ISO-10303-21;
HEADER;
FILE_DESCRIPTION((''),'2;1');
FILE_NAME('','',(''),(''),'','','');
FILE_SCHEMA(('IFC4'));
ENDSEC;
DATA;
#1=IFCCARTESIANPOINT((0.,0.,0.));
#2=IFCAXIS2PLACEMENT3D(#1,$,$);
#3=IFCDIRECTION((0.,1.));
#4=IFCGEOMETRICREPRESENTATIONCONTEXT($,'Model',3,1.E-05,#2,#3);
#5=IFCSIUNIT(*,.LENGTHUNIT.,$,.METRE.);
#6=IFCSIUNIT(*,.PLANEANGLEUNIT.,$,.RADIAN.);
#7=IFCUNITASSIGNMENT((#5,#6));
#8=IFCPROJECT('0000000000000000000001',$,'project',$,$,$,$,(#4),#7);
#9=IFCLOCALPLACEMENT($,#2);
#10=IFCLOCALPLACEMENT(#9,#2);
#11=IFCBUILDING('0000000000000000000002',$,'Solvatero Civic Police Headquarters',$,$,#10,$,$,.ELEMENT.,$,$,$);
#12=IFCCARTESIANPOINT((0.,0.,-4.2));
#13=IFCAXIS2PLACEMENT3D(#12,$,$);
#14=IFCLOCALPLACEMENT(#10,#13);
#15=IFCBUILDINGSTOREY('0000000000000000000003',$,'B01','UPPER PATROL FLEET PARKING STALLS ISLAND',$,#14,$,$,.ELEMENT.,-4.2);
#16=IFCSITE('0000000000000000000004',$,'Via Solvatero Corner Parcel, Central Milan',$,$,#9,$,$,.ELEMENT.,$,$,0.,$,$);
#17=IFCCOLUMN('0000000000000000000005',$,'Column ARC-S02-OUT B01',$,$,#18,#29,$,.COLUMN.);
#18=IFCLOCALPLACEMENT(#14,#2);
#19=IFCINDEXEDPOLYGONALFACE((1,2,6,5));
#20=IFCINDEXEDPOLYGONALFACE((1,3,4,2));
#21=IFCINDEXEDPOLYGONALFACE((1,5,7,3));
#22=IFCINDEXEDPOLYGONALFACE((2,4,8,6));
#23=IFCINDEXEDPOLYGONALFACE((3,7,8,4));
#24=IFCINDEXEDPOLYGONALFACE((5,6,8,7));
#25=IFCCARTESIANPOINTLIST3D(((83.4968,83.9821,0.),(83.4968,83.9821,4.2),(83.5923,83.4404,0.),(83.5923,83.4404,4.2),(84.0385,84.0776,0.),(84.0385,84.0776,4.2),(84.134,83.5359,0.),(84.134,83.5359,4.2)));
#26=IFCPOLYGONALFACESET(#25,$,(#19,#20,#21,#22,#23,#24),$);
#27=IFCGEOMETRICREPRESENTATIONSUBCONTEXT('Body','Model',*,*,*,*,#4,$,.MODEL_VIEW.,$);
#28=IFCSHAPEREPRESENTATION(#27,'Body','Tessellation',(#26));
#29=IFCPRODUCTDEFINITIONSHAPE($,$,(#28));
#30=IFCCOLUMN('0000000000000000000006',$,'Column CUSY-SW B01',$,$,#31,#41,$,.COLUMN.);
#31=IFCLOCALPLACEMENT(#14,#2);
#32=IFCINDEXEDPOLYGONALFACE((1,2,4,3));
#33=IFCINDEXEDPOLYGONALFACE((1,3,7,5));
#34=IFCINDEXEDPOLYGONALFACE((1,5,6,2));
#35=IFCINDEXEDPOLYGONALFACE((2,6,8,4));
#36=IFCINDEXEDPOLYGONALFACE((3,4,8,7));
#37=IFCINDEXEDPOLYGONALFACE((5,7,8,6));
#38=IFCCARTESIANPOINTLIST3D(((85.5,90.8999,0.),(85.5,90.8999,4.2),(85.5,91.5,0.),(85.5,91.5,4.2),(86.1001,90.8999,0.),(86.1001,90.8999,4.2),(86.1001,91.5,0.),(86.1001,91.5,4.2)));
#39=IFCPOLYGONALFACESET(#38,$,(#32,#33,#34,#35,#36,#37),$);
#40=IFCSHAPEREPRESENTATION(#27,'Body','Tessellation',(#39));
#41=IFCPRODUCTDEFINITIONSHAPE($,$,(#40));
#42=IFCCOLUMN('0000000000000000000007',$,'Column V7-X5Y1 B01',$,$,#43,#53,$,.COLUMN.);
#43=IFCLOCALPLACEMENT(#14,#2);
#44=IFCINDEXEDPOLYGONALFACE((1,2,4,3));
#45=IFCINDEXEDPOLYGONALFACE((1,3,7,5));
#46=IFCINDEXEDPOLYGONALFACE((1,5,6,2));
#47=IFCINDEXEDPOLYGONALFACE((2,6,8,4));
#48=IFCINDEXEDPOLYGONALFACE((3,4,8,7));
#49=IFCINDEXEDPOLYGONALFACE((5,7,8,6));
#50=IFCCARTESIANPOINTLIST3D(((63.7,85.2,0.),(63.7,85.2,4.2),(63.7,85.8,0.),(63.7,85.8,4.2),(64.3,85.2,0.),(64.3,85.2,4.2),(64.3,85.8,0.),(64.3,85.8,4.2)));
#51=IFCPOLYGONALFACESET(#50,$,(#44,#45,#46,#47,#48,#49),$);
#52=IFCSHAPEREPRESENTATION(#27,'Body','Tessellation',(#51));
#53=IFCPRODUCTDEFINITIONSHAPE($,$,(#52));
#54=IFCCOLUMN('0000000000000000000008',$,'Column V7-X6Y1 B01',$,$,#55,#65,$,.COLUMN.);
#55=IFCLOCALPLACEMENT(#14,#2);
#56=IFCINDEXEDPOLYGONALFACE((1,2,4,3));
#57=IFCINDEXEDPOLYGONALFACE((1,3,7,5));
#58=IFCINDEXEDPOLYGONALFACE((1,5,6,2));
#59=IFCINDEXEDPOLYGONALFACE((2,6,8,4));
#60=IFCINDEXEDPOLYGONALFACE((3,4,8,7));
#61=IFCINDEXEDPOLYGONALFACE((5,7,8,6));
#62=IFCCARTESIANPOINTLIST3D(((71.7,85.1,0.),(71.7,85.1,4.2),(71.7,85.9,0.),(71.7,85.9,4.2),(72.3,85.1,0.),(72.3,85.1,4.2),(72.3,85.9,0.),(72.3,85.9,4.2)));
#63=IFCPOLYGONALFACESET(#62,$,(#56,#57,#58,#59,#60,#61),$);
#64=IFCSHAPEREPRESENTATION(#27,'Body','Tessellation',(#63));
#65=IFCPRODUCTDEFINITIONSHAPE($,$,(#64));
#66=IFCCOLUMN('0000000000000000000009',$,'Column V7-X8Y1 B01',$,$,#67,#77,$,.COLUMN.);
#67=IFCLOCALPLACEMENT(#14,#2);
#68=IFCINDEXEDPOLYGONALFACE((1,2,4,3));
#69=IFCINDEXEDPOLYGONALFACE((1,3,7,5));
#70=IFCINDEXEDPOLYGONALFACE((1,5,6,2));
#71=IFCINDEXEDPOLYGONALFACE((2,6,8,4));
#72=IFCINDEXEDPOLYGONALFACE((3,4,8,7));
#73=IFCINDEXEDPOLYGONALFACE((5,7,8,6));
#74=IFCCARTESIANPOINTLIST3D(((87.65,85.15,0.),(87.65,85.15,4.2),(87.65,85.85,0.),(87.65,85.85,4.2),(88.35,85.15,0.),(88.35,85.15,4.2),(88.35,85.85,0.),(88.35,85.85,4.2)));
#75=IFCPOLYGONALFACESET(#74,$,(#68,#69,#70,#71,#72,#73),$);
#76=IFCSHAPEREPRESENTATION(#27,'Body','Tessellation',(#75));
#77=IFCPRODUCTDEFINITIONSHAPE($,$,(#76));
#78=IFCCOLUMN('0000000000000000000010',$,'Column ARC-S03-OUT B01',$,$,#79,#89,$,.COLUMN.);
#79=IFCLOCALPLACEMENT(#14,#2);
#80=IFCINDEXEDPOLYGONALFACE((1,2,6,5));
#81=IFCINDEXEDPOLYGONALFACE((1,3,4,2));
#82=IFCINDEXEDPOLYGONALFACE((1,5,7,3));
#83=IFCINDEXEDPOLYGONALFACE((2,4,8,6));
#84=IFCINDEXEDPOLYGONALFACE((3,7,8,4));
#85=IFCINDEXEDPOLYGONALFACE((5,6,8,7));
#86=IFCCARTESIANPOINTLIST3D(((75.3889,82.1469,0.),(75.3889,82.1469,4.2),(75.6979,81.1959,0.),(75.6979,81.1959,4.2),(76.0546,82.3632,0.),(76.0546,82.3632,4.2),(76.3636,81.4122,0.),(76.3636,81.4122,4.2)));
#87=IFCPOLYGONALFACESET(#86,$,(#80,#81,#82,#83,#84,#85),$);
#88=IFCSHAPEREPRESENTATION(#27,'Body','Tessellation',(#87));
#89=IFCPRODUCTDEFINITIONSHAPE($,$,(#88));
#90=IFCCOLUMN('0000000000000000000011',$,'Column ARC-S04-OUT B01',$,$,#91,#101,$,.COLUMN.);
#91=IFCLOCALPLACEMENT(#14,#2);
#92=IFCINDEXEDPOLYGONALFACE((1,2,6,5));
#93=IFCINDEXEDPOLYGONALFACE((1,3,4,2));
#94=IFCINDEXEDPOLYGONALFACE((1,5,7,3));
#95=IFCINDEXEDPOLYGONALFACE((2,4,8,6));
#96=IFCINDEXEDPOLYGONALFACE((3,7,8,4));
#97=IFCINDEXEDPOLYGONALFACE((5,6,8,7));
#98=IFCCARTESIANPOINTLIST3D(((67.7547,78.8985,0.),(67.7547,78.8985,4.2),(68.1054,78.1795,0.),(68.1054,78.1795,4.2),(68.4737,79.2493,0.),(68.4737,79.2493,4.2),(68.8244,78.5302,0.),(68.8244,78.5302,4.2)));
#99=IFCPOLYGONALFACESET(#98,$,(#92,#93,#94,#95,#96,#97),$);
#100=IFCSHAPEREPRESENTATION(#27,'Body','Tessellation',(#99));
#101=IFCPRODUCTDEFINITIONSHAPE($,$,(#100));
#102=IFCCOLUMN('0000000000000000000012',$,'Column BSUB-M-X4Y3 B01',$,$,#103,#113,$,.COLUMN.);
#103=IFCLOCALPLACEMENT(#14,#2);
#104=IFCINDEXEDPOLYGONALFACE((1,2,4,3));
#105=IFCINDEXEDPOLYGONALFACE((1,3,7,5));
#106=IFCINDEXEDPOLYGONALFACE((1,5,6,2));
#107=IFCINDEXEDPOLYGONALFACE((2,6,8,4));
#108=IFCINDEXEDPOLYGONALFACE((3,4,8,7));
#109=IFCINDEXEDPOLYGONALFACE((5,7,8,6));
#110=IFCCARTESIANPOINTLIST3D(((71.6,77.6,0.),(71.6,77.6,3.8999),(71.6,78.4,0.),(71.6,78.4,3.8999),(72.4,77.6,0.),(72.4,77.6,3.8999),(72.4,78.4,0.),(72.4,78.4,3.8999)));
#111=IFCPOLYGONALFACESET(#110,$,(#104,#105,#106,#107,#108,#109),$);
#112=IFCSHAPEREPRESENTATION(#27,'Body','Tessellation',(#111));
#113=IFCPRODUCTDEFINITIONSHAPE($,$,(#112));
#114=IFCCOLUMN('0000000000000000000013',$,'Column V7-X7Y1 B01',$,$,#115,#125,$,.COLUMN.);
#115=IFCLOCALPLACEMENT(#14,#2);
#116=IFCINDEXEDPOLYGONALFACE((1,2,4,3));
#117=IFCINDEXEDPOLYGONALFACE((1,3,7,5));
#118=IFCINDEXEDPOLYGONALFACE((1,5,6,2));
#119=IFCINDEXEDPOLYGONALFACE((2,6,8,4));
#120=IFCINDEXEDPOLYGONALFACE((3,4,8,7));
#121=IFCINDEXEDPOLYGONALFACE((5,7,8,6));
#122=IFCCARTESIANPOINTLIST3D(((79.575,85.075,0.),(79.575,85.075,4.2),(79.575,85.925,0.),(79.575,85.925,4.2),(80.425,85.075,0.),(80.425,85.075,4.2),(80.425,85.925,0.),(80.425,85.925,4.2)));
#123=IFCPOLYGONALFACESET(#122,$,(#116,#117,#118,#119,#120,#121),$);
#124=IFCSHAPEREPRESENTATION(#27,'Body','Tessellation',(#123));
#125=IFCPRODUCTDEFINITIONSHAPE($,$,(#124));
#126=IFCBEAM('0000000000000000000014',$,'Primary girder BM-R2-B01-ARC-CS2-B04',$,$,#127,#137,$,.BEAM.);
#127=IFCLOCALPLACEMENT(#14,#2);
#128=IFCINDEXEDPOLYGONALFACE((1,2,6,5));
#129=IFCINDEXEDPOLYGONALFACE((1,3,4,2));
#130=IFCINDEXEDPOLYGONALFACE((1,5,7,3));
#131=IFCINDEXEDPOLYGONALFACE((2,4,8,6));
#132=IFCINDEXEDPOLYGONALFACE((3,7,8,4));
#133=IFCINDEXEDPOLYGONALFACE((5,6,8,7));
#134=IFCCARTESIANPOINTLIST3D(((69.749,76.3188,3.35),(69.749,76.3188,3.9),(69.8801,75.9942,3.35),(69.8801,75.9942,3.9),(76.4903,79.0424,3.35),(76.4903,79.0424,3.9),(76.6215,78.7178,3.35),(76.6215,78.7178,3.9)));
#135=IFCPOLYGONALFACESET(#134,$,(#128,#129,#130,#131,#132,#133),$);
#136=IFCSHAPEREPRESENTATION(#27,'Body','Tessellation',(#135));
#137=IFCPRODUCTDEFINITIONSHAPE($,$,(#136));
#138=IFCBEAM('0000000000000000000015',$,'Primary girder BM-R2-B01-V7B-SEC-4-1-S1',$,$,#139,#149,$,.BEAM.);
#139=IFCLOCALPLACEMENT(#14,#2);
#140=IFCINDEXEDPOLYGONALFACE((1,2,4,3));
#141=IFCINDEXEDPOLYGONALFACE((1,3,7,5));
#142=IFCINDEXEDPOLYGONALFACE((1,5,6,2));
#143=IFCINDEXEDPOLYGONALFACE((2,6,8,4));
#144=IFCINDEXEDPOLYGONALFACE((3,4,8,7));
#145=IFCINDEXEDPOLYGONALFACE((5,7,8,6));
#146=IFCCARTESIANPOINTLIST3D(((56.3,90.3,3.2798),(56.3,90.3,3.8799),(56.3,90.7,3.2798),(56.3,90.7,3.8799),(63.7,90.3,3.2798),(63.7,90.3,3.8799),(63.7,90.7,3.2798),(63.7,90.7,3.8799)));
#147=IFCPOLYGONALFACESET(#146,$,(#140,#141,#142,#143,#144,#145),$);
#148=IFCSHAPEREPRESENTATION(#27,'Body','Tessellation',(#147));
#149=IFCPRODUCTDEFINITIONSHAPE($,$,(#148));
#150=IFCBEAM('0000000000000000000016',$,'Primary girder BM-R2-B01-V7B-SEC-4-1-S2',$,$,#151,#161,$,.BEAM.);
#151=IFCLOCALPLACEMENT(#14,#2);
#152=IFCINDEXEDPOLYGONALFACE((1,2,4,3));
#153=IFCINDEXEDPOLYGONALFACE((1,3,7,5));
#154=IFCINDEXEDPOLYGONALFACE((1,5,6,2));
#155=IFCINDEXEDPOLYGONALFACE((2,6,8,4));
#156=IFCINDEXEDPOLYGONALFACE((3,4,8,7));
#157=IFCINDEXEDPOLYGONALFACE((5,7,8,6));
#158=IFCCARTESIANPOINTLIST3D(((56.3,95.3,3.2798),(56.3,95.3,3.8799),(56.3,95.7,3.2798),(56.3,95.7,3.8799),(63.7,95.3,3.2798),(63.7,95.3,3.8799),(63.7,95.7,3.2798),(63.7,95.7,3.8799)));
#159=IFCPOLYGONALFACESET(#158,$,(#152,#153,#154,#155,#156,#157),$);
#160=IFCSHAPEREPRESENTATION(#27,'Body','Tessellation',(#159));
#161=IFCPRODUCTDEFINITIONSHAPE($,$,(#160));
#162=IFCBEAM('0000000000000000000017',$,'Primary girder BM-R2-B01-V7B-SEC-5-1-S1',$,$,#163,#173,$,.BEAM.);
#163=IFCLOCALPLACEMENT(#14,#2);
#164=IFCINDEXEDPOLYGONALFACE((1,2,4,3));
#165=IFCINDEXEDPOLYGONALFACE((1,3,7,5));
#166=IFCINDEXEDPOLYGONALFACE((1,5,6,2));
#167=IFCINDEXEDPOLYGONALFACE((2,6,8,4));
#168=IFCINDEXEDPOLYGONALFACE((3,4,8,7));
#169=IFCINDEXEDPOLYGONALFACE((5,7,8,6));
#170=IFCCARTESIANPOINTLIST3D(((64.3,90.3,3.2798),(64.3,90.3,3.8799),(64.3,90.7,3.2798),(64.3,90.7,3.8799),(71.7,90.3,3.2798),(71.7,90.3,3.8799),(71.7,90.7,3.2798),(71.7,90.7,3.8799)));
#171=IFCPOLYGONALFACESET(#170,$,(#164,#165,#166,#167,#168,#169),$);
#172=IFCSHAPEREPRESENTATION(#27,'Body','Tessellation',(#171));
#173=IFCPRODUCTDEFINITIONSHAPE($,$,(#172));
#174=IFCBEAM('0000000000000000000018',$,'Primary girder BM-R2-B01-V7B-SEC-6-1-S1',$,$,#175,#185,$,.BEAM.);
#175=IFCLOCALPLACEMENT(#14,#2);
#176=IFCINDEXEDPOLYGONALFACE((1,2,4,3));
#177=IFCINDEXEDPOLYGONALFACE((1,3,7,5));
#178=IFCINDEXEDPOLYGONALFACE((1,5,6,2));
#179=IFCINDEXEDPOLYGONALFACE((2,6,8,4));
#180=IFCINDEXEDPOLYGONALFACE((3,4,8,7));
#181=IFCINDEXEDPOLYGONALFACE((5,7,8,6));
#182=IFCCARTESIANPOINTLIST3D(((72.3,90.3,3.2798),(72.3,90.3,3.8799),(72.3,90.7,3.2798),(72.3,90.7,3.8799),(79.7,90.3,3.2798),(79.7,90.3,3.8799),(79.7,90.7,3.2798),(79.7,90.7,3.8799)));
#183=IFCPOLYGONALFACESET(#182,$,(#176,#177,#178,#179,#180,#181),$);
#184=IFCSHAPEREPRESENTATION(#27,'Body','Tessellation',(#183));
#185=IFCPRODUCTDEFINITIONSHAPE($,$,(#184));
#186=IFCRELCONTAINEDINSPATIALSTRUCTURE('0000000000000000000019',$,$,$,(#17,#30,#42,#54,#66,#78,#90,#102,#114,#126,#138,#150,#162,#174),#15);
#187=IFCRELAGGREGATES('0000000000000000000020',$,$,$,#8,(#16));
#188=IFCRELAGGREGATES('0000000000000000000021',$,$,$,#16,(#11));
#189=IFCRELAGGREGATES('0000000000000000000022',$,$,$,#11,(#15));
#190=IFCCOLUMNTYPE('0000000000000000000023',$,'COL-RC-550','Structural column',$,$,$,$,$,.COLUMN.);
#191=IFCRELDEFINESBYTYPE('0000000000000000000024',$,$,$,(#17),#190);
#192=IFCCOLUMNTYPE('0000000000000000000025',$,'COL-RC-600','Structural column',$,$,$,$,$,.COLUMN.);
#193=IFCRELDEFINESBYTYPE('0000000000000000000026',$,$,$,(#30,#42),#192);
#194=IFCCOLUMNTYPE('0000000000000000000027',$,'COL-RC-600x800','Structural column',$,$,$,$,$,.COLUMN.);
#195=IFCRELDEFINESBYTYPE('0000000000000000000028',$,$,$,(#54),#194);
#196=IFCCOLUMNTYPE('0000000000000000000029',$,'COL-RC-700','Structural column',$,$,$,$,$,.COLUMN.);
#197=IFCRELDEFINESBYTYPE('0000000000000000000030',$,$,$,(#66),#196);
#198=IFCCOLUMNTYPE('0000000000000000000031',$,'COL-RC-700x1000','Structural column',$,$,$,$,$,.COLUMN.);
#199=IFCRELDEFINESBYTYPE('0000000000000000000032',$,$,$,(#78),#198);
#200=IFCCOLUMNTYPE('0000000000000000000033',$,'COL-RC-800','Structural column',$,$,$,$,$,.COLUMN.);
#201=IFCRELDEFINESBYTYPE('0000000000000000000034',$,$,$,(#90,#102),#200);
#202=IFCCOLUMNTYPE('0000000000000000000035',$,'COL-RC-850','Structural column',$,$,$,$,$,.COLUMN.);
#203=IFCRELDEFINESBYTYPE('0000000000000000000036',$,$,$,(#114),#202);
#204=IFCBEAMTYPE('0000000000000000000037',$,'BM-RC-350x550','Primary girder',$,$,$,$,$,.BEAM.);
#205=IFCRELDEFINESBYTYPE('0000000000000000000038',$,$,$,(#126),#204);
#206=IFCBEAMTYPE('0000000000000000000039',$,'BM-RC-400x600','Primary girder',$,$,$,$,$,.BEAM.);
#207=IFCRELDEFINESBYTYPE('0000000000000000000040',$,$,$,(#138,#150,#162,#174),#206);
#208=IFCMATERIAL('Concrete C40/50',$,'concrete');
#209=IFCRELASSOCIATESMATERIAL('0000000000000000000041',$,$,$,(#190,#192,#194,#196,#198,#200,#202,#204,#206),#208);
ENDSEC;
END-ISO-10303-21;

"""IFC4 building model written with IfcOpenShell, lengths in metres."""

from ifc_helpers import new_model, si_unit, direction, frame, origin, origin_2d, place, context, subcontext, project, spatial, rectangle, extrude, material, material_profile, profile_set, type_object, element, save


model = new_model("IFC4")

# Units and contexts
model_context = context("Model", 3, precision=1e-05, world=origin(), true_north=direction((0.0, 1.0)))
body_context = subcontext(model_context, "Body", "Model", "MODEL_VIEW")
ifc_project = project(units=[si_unit("LENGTHUNIT", "METRE"), si_unit("PLANEANGLEUNIT", "RADIAN")], contexts=[model_context])

# Site, building, storey
site_placement = place(None, origin())
site = spatial("IfcSite", under=ifc_project, at=site_placement, Name="Via Solvatero Corner Parcel, Central Milan", CompositionType="ELEMENT", RefElevation=0.0)
building_placement = place(site_placement, origin())
building = spatial("IfcBuilding", under=site, at=building_placement, Name="Solvatero Civic Police Headquarters", CompositionType="ELEMENT")
storey_placement = place(building_placement, frame((0.0, 0.0, -4.2)))
storey = spatial("IfcBuildingStorey", under=building, at=storey_placement, Name="B01", Description="UPPER PATROL FLEET PARKING STALLS ISLAND", CompositionType="ELEMENT", Elevation=-4.2)

# Columns
ifc_material_1 = material(Name="Concrete C40/50", Category="concrete")
ifc_material_profile_1 = material_profile(ifc_material_1, rectangle(XDim=0.55, YDim=0.55, at=origin_2d()), Name="RC 550x550")
ifc_profile_set_1 = profile_set([ifc_material_profile_1], Name="Concrete C40/50")
column_type_1 = type_object("IfcColumnType", Name="COL-RC-550", Description="Structural column", PredefinedType="COLUMN", material=ifc_profile_set_1)
column_1_placement = place(storey_placement, frame((83.8154, 83.759, 0.0), z_axis=(0.0, 0.0, 1.0), x_axis=(0.984808, 0.173648, 0.0)))
element("IfcColumn", 1, at=column_1_placement, inside=storey, type_object=column_type_1, Name="Column ARC-S02-OUT B01", PredefinedType="COLUMN", context=body_context, shape_type="SweptSolid", body=[
    extrude(rectangle(XDim=0.55, YDim=0.55, at=origin_2d()), origin(), (0.0, 0.0, 1.0), 4.2),
])
ifc_material_profile_2 = material_profile(ifc_material_1, rectangle(XDim=0.6001, YDim=0.6001, at=origin_2d()), Name="RC 600x600")
ifc_profile_set_2 = profile_set([ifc_material_profile_2], Name="Concrete C40/50")
column_type_2 = type_object("IfcColumnType", Name="COL-RC-600", Description="Structural column", PredefinedType="COLUMN", material=ifc_profile_set_2)
for number, where, z_axis, x_axis, name in (
    (2, (85.8, 91.2, 0.0), (0.0, 0.0, 1.0), (1.0, 0.0, 0.0), "Column CUSY-SW B01"),
    (3, (64.0, 85.5, 0.0), (0.0, 0.0, 1.0), (1.0, 0.0, 0.0), "Column V7-X5Y1 B01"),
):
    element("IfcColumn", number, at=place(storey_placement, frame(where, z_axis=z_axis, x_axis=x_axis)), inside=storey, type_object=column_type_2, Name=name, PredefinedType="COLUMN", context=body_context, shape_type="SweptSolid", body=[
        extrude(rectangle(XDim=0.6001, YDim=0.6001, at=origin_2d()), origin(), (0.0, 0.0, 1.0), 4.2),
    ])
ifc_material_profile_3 = material_profile(ifc_material_1, rectangle(XDim=0.6001, YDim=0.8, at=origin_2d()), Name="RC 600x800")
ifc_profile_set_3 = profile_set([ifc_material_profile_3], Name="Concrete C40/50")
column_type_3 = type_object("IfcColumnType", Name="COL-RC-600x800", Description="Structural column", PredefinedType="COLUMN", material=ifc_profile_set_3)
column_2_placement = place(storey_placement, frame((72.0, 85.5, 0.0), z_axis=(0.0, 0.0, 1.0), x_axis=(1.0, 0.0, 0.0)))
element("IfcColumn", 4, at=column_2_placement, inside=storey, type_object=column_type_3, Name="Column V7-X6Y1 B01", PredefinedType="COLUMN", context=body_context, shape_type="SweptSolid", body=[
    extrude(rectangle(XDim=0.6001, YDim=0.8, at=origin_2d()), origin(), (0.0, 0.0, 1.0), 4.2),
])
ifc_material_profile_4 = material_profile(ifc_material_1, rectangle(XDim=0.7, YDim=0.7, at=origin_2d()), Name="RC 700x700")
ifc_profile_set_4 = profile_set([ifc_material_profile_4], Name="Concrete C40/50")
column_type_4 = type_object("IfcColumnType", Name="COL-RC-700", Description="Structural column", PredefinedType="COLUMN", material=ifc_profile_set_4)
column_3_placement = place(storey_placement, frame((88.0, 85.5, 0.0), z_axis=(0.0, 0.0, 1.0), x_axis=(1.0, 0.0, 0.0)))
element("IfcColumn", 5, at=column_3_placement, inside=storey, type_object=column_type_4, Name="Column V7-X8Y1 B01", PredefinedType="COLUMN", context=body_context, shape_type="SweptSolid", body=[
    extrude(rectangle(XDim=0.7, YDim=0.7, at=origin_2d()), origin(), (0.0, 0.0, 1.0), 4.2),
])
ifc_material_profile_5 = material_profile(ifc_material_1, rectangle(XDim=0.7, YDim=1.0, at=origin_2d()), Name="RC 700x1000")
ifc_profile_set_5 = profile_set([ifc_material_profile_5], Name="Concrete C40/50")
column_type_5 = type_object("IfcColumnType", Name="COL-RC-700x1000", Description="Structural column", PredefinedType="COLUMN", material=ifc_profile_set_5)
column_4_placement = place(storey_placement, frame((75.8762, 81.7795, 0.0), z_axis=(0.0, 0.0, 1.0), x_axis=(0.951057, 0.309017, 0.0)))
element("IfcColumn", 6, at=column_4_placement, inside=storey, type_object=column_type_5, Name="Column ARC-S03-OUT B01", PredefinedType="COLUMN", context=body_context, shape_type="SweptSolid", body=[
    extrude(rectangle(XDim=0.7, YDim=1.0, at=origin_2d()), origin(), (0.0, 0.0, 1.0), 4.2),
])
ifc_material_profile_6 = material_profile(ifc_material_1, rectangle(XDim=0.8, YDim=0.8, at=origin_2d()), Name="RC 800x800")
ifc_profile_set_6 = profile_set([ifc_material_profile_6], Name="Concrete C40/50")
column_type_6 = type_object("IfcColumnType", Name="COL-RC-800", Description="Structural column", PredefinedType="COLUMN", material=ifc_profile_set_6)
column_5_placement = place(storey_placement, frame((68.2896, 78.7144, 0.0), z_axis=(0.0, 0.0, 1.0), x_axis=(0.898794, 0.438371, 0.0)))
element("IfcColumn", 7, at=column_5_placement, inside=storey, type_object=column_type_6, Name="Column ARC-S04-OUT B01", PredefinedType="COLUMN", context=body_context, shape_type="SweptSolid", body=[
    extrude(rectangle(XDim=0.8, YDim=0.8, at=origin_2d()), origin(), (0.0, 0.0, 1.0), 4.2),
])
column_6_placement = place(storey_placement, frame((72.0, 78.0, 0.0), z_axis=(0.0, 0.0, 1.0), x_axis=(1.0, 0.0, 0.0)))
element("IfcColumn", 8, at=column_6_placement, inside=storey, type_object=column_type_6, Name="Column BSUB-M-X4Y3 B01", PredefinedType="COLUMN", context=body_context, shape_type="SweptSolid", body=[
    extrude(rectangle(XDim=0.8, YDim=0.8, at=origin_2d()), origin(), (0.0, 0.0, 1.0), 3.8999),
])
ifc_material_profile_7 = material_profile(ifc_material_1, rectangle(XDim=0.8501, YDim=0.8501, at=origin_2d()), Name="RC 850x850")
ifc_profile_set_7 = profile_set([ifc_material_profile_7], Name="Concrete C40/50")
column_type_7 = type_object("IfcColumnType", Name="COL-RC-850", Description="Structural column", PredefinedType="COLUMN", material=ifc_profile_set_7)
column_7_placement = place(storey_placement, frame((80.0, 85.5, 0.0), z_axis=(0.0, 0.0, 1.0), x_axis=(1.0, 0.0, 0.0)))
element("IfcColumn", 9, at=column_7_placement, inside=storey, type_object=column_type_7, Name="Column V7-X7Y1 B01", PredefinedType="COLUMN", context=body_context, shape_type="SweptSolid", body=[
    extrude(rectangle(XDim=0.8501, YDim=0.8501, at=origin_2d()), origin(), (0.0, 0.0, 1.0), 4.2),
])

# Beams
ifc_material_profile_8 = material_profile(ifc_material_1, rectangle(XDim=0.3501, YDim=0.55, at=origin_2d()), Name="RC 350x550")
ifc_profile_set_8 = profile_set([ifc_material_profile_8], Name="Concrete C40/50")
beam_type_1 = type_object("IfcBeamType", Name="BM-RC-350x550", Description="Primary girder", PredefinedType="BEAM", material=ifc_profile_set_8)
beam_1_placement = place(storey_placement, frame((76.5559, 78.8801, 3.625), z_axis=(-0.927188, -0.374596, 0.0), x_axis=(0.374596, -0.927188, 0.0)))
element("IfcBeam", 10, at=beam_1_placement, inside=storey, type_object=beam_type_1, Name="Primary girder BM-R2-B01-ARC-CS2-B04", PredefinedType="BEAM", context=body_context, shape_type="SweptSolid", body=[
    extrude(rectangle(XDim=0.3501, YDim=0.55, at=origin_2d()), origin(), (0.0, 0.0, 1.0), 7.2708),
])
ifc_material_profile_9 = material_profile(ifc_material_1, rectangle(XDim=0.3999, YDim=0.6001, at=origin_2d()), Name="RC 400x600")
ifc_profile_set_9 = profile_set([ifc_material_profile_9], Name="Concrete C40/50")
beam_type_2 = type_object("IfcBeamType", Name="BM-RC-400x600", Description="Primary girder", PredefinedType="BEAM", material=ifc_profile_set_9)
for number, where, z_axis, x_axis, name in (
    (11, (56.3, 90.5, 3.5798), (1.0, 0.0, 0.0), (0.0, 1.0, 0.0), "Primary girder BM-R2-B01-V7B-SEC-4-1-S1"),
    (12, (56.3, 95.5, 3.5798), (1.0, 0.0, 0.0), (0.0, 1.0, 0.0), "Primary girder BM-R2-B01-V7B-SEC-4-1-S2"),
    (13, (64.3, 90.5, 3.5798), (1.0, 0.0, 0.0), (0.0, 1.0, 0.0), "Primary girder BM-R2-B01-V7B-SEC-5-1-S1"),
    (14, (72.3, 90.5, 3.5798), (1.0, 0.0, 0.0), (0.0, 1.0, 0.0), "Primary girder BM-R2-B01-V7B-SEC-6-1-S1"),
):
    element("IfcBeam", number, at=place(storey_placement, frame(where, z_axis=z_axis, x_axis=x_axis)), inside=storey, type_object=beam_type_2, Name=name, PredefinedType="BEAM", context=body_context, shape_type="SweptSolid", body=[
        extrude(rectangle(XDim=0.3999, YDim=0.6001, at=origin_2d()), origin(), (0.0, 0.0, 1.0), 7.3999),
    ])

save(model, "model.ifc")
